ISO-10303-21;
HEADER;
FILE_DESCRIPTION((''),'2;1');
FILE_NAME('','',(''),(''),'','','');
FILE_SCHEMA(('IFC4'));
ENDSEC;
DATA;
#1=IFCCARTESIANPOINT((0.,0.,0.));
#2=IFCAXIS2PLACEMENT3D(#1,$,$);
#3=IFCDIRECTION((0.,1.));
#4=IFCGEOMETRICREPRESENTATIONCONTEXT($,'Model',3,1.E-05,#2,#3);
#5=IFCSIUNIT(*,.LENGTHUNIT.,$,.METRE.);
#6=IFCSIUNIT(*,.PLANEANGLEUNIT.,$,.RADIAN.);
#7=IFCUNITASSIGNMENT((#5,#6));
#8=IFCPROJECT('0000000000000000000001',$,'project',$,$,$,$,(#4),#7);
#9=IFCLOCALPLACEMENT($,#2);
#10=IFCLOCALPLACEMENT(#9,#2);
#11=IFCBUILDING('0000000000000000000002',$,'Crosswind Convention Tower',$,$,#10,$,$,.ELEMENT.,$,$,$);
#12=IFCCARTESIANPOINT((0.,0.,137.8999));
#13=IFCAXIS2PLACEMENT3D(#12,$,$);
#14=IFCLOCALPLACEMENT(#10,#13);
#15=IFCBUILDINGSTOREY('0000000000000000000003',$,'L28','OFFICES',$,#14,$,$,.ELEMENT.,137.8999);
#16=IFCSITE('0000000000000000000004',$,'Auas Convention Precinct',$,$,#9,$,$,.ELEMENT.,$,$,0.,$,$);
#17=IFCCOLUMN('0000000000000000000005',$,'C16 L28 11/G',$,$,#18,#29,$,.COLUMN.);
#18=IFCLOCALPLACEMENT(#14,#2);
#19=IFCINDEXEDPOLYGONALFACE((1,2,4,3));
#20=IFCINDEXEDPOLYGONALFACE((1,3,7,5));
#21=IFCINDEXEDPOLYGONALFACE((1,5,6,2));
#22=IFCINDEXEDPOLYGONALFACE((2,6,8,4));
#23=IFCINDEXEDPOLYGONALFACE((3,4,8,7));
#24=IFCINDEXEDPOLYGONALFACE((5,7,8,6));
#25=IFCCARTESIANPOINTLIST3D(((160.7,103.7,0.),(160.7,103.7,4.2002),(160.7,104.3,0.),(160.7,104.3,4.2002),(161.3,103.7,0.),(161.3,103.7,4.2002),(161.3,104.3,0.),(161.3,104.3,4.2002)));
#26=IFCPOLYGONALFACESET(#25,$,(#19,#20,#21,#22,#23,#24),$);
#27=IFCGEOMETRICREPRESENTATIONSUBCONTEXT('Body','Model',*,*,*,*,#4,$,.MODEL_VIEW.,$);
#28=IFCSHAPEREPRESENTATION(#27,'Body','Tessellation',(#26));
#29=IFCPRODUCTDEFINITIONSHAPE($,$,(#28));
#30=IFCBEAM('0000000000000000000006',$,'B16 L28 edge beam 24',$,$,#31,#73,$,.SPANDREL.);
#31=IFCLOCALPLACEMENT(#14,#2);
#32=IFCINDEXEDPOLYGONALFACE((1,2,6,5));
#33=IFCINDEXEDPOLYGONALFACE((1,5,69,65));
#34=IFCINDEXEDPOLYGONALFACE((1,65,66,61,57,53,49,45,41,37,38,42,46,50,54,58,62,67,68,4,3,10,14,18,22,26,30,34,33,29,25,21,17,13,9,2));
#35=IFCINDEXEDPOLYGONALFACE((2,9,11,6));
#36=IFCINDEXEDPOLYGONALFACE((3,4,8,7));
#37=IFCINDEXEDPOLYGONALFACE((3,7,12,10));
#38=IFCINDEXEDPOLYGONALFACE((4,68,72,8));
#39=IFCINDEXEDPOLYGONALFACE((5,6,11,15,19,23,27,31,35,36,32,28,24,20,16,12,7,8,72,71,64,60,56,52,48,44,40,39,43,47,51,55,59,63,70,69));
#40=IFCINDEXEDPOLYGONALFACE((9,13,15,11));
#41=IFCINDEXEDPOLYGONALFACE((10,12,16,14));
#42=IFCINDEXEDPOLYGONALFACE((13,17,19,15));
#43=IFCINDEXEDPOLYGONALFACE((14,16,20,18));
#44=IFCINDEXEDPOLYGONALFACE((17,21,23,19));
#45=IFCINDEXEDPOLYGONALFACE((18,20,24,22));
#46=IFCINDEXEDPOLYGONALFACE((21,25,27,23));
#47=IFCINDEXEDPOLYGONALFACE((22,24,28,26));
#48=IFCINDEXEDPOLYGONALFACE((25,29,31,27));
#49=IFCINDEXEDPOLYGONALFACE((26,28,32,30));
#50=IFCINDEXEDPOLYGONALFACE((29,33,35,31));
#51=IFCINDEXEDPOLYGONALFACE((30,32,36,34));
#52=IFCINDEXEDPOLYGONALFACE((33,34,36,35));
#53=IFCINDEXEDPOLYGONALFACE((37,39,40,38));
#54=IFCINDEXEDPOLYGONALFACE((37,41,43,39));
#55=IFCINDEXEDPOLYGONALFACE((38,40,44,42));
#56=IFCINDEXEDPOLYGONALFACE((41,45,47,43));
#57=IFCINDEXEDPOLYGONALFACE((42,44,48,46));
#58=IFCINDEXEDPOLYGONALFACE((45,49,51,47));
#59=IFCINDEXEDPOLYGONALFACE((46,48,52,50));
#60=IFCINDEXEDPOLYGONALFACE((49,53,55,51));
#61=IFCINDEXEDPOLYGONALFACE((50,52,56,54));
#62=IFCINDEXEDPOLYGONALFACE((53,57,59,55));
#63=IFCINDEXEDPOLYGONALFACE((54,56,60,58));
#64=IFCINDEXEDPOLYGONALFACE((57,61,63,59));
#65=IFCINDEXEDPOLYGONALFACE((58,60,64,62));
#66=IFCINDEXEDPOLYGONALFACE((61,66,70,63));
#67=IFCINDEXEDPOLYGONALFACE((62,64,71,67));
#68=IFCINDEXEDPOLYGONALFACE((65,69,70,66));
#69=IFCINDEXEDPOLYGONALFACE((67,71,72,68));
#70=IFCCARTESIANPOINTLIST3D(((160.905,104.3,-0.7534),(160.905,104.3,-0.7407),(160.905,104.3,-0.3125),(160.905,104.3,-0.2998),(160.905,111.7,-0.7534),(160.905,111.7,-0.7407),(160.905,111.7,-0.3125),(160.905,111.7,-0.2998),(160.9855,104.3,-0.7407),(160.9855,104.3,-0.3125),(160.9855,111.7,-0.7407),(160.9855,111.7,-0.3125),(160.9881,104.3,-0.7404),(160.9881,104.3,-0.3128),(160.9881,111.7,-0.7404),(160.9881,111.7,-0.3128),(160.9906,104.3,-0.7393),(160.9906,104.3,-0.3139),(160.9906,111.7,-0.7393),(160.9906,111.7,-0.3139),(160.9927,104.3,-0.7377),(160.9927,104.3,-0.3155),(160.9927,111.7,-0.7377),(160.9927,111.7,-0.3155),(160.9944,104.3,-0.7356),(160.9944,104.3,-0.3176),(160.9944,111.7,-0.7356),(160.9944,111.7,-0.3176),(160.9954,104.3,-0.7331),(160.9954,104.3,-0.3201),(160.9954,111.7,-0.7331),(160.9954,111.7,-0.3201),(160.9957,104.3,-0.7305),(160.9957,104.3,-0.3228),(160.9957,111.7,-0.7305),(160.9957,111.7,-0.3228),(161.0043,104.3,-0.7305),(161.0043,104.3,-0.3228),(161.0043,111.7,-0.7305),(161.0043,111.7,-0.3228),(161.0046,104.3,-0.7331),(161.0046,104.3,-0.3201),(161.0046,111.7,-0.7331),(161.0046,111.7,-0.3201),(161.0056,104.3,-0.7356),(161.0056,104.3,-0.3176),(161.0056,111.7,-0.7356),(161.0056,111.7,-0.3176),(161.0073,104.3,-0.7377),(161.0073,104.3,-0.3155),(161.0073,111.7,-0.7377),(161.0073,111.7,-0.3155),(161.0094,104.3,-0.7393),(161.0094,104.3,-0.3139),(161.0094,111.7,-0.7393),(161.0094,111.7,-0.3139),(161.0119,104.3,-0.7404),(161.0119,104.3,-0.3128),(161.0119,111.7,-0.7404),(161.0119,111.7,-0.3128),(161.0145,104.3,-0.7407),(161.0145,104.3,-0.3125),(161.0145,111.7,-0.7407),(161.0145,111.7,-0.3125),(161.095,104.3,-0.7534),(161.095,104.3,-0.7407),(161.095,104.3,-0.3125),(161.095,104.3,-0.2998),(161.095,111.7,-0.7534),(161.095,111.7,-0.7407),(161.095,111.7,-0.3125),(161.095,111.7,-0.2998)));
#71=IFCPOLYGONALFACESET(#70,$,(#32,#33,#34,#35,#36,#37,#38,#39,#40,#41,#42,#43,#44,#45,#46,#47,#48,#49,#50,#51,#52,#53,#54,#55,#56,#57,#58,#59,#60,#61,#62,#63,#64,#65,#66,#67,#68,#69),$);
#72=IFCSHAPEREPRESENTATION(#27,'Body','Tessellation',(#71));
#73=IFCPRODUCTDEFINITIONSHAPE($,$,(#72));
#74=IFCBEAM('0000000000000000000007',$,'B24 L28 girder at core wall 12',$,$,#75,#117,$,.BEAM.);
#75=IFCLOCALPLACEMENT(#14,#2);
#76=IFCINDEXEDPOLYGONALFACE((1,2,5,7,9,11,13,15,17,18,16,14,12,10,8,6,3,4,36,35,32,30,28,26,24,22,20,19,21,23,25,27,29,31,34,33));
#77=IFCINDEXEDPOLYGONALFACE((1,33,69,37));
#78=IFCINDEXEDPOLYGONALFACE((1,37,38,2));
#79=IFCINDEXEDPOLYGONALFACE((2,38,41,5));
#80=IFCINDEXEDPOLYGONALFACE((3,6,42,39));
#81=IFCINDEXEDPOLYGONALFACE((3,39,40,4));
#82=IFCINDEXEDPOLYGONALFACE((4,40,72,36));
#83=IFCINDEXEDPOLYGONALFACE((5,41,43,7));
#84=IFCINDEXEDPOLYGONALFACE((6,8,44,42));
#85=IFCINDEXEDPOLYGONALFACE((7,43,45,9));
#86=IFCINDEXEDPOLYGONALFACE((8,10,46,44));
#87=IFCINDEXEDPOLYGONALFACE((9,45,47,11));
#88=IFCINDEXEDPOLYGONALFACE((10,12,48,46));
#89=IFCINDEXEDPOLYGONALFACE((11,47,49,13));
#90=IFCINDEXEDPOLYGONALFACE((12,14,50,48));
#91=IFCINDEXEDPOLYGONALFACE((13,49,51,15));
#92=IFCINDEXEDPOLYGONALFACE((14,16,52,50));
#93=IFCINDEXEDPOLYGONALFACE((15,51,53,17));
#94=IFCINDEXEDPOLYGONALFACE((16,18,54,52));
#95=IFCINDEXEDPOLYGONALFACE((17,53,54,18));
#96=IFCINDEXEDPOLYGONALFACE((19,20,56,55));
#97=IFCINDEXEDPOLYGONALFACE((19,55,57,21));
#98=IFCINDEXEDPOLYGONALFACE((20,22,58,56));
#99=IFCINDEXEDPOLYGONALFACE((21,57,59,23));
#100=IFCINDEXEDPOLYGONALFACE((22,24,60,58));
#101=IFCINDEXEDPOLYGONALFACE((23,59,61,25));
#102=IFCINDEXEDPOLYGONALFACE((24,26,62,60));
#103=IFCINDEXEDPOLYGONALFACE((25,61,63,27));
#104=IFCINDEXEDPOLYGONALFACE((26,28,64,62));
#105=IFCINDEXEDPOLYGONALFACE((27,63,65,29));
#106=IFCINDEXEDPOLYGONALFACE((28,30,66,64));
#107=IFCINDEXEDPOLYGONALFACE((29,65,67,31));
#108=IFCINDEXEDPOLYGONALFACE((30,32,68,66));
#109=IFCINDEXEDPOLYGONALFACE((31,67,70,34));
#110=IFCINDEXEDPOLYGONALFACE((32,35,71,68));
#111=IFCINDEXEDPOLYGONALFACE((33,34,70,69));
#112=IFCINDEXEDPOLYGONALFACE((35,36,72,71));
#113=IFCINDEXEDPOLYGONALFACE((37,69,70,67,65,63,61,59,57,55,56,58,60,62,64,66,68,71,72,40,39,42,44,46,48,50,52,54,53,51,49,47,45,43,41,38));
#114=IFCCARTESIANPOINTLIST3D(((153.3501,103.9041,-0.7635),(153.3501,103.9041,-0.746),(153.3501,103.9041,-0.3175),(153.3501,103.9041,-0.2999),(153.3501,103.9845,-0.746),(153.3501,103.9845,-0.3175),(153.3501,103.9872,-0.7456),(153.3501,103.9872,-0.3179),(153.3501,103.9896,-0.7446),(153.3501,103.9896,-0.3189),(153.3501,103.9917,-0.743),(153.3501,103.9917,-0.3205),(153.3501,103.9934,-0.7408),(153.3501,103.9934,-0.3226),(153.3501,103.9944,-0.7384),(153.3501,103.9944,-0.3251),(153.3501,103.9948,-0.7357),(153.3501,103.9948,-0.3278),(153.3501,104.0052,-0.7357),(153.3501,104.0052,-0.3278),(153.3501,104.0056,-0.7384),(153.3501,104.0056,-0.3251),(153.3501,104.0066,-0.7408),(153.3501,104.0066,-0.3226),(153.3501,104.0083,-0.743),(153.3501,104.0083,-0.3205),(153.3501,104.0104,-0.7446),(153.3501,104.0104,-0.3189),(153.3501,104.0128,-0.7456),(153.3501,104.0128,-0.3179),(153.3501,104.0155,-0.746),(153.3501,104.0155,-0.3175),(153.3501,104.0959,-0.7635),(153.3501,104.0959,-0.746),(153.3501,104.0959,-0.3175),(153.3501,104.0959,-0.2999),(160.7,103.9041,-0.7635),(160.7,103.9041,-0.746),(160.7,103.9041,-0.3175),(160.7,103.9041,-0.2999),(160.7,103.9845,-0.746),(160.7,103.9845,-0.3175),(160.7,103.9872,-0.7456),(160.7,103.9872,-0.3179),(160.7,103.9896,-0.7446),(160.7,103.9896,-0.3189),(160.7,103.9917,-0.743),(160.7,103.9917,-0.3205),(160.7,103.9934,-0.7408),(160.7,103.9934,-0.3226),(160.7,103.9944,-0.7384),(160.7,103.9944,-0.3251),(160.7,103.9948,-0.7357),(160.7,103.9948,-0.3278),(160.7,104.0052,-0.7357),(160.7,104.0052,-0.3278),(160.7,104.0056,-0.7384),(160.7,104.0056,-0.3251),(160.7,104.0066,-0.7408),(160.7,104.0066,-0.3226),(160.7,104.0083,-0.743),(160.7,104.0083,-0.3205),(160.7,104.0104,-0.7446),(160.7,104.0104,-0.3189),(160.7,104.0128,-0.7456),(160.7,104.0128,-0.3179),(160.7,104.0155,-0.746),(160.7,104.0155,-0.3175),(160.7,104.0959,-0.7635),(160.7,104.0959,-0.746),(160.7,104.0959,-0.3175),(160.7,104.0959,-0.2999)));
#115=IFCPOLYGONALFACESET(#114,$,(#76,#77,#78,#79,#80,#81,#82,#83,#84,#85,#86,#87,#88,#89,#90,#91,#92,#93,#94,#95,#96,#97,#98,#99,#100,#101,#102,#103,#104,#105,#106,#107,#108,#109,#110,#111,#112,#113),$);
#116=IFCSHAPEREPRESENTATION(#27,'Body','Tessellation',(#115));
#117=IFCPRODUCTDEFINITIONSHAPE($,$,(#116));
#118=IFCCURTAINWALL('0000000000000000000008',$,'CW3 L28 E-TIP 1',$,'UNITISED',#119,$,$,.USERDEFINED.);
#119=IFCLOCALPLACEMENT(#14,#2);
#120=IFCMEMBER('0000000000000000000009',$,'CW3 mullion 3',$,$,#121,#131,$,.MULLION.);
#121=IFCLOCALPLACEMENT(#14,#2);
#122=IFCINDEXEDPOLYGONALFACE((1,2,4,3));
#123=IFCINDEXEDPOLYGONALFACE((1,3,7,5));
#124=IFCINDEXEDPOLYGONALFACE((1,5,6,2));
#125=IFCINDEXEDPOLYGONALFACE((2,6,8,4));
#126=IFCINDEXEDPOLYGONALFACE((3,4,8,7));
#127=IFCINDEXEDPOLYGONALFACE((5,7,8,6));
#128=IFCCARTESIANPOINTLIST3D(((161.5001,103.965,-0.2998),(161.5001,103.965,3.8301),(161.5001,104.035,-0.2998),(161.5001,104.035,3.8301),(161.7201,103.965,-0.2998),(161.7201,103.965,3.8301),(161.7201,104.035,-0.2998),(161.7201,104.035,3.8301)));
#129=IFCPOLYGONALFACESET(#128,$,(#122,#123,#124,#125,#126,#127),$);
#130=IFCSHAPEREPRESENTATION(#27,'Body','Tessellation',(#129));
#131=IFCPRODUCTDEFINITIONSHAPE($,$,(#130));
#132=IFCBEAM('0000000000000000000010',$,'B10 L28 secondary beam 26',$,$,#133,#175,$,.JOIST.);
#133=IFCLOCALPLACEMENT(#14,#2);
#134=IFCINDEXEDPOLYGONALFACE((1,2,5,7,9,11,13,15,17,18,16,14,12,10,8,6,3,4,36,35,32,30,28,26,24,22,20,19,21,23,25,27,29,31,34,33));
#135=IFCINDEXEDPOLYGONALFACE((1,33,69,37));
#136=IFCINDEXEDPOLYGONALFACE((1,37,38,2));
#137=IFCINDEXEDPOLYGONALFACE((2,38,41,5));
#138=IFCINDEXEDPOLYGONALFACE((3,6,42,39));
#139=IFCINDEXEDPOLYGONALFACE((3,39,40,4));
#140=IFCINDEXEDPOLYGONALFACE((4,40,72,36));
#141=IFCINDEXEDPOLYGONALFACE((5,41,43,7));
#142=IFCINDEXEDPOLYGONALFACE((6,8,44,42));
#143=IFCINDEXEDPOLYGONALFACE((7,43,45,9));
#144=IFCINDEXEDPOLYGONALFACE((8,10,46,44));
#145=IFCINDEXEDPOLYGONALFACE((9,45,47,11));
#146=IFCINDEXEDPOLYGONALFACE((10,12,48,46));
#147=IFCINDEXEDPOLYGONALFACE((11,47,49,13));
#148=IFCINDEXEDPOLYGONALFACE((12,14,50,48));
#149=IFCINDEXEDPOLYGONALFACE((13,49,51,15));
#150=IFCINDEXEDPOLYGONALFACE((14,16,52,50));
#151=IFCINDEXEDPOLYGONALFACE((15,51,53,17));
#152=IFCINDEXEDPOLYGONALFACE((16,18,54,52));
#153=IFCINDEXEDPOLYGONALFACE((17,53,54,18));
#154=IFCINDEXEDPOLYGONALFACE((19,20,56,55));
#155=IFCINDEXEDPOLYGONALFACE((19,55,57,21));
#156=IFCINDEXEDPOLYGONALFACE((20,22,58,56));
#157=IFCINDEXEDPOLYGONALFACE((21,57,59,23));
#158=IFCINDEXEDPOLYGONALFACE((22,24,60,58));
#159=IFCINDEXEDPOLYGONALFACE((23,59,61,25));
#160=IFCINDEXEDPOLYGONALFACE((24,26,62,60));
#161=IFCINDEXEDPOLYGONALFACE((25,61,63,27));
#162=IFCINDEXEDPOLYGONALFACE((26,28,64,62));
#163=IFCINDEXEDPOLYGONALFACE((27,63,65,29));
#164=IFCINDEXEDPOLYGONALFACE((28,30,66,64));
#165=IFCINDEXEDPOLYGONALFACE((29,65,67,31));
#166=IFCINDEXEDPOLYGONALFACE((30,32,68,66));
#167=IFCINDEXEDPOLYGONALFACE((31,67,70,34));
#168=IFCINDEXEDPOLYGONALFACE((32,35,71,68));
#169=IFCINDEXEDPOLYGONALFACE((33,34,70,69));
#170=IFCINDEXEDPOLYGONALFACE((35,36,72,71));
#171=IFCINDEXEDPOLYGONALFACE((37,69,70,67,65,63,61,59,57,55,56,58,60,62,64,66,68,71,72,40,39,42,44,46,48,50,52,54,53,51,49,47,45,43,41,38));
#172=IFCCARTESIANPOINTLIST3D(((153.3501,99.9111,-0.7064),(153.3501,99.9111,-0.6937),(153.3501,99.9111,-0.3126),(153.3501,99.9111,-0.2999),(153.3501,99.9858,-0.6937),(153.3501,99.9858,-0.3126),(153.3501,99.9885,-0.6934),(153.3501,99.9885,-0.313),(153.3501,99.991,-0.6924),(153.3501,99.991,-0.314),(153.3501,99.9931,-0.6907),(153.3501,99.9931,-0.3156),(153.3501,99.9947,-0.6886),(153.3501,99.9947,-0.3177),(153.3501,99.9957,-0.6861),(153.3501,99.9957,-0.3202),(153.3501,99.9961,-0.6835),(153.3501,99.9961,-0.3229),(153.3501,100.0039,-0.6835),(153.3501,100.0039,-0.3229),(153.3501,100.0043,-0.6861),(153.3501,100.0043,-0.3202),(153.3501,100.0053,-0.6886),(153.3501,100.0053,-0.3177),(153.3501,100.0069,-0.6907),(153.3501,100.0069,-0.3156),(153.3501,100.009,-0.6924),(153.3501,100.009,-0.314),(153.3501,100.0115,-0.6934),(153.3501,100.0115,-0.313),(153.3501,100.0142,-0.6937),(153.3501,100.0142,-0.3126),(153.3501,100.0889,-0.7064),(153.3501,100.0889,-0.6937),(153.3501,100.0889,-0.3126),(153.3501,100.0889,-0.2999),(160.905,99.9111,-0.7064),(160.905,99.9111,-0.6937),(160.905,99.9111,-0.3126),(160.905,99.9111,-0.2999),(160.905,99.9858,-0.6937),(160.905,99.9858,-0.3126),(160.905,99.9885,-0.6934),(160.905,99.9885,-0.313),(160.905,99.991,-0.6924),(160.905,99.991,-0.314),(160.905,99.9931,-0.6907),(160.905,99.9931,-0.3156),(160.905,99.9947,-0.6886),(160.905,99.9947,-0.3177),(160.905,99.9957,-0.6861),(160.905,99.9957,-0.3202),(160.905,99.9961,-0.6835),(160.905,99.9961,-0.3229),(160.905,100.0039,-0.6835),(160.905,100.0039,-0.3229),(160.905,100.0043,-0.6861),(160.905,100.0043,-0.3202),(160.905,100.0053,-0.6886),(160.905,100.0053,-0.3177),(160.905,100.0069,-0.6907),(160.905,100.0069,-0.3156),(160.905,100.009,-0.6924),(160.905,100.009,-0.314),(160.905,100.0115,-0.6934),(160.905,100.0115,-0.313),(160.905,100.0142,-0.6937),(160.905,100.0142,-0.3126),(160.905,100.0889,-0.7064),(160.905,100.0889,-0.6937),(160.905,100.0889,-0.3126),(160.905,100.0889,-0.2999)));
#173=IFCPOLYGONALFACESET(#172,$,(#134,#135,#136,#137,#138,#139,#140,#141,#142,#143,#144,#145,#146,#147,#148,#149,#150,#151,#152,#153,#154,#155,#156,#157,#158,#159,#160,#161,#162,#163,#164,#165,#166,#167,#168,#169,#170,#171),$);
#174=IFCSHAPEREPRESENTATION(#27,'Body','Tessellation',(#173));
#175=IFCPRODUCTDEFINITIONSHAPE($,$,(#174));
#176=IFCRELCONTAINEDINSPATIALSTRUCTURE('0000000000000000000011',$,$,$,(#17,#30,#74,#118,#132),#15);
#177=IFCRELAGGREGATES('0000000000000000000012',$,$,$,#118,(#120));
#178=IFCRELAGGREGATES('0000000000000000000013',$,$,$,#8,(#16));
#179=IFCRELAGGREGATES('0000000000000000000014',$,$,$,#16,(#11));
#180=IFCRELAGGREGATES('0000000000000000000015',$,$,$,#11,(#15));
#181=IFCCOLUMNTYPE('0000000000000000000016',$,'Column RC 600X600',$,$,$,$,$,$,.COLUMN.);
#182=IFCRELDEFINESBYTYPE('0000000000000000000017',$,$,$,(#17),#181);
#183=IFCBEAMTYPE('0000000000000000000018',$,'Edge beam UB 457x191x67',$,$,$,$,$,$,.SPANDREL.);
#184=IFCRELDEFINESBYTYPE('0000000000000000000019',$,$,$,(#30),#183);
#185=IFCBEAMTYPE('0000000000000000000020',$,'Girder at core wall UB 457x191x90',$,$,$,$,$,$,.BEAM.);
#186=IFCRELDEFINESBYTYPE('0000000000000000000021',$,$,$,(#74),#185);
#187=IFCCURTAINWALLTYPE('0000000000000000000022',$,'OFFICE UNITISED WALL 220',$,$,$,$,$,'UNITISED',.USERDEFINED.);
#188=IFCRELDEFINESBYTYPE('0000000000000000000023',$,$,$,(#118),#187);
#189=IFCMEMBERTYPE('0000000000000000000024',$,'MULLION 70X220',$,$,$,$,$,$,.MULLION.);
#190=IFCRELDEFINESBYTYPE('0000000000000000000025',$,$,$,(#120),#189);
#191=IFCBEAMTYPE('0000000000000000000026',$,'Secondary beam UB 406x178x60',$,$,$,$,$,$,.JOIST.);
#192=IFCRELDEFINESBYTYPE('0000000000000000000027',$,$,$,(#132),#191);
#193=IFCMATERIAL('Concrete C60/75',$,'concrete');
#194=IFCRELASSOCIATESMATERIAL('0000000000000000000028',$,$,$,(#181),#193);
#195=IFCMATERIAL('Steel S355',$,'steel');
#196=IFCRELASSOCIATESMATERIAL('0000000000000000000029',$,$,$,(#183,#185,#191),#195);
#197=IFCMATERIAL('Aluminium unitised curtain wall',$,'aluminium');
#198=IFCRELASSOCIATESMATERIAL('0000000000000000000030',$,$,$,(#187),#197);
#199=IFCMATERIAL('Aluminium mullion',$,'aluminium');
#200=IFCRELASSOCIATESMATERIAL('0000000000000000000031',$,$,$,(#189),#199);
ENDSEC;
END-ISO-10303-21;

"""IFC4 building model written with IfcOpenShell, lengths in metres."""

from ifc_helpers import new_model, si_unit, direction, frame, origin, origin_2d, place, context, subcontext, project, spatial, rectangle, i_section, extrude, material, material_profile, profile_set, type_object, element, aggregate, save


model = new_model("IFC4")

# Units and contexts
model_context = context("Model", 3, precision=1e-05, world=origin(), true_north=direction((0.0, 1.0)))
body_context = subcontext(model_context, "Body", "Model", "MODEL_VIEW")
ifc_project = project(units=[si_unit("LENGTHUNIT", "METRE"), si_unit("PLANEANGLEUNIT", "RADIAN")], contexts=[model_context])

# Site, building, storey
site_placement = place(None, origin())
site = spatial("IfcSite", under=ifc_project, at=site_placement, Name="Auas Convention Precinct", CompositionType="ELEMENT", RefElevation=0.0)
building_placement = place(site_placement, origin())
building = spatial("IfcBuilding", under=site, at=building_placement, Name="Crosswind Convention Tower", CompositionType="ELEMENT")
storey_placement = place(building_placement, frame((0.0, 0.0, 137.8999)))
storey = spatial("IfcBuildingStorey", under=building, at=storey_placement, Name="L28", Description="OFFICES", CompositionType="ELEMENT", Elevation=137.8999)

# Column
ifc_material_1 = material(Name="Concrete C60/75", Category="concrete")
ifc_material_profile_1 = material_profile(ifc_material_1, rectangle(XDim=0.6001, YDim=0.6001, at=origin_2d()), Name="RC 600X600")
ifc_profile_set_1 = profile_set([ifc_material_profile_1], Name="Concrete C60/75")
column_type = type_object("IfcColumnType", Name="Column RC 600X600", PredefinedType="COLUMN", material=ifc_profile_set_1)
column_placement = place(storey_placement, frame((161.0, 104.0, 0.0), z_axis=(0.0, 0.0, 1.0), x_axis=(1.0, 0.0, 0.0)))
element("IfcColumn", 1, at=column_placement, inside=storey, type_object=column_type, Name="C16 L28 11/G", PredefinedType="COLUMN", context=body_context, shape_type="SweptSolid", body=[
    extrude(rectangle(XDim=0.6001, YDim=0.6001, at=origin_2d()), origin(), (0.0, 0.0, 1.0), 4.2002),
])

# Beams
ifc_material_2 = material(Name="Steel S355", Category="steel")
ifc_material_profile_2 = material_profile(ifc_material_2, i_section(OverallWidth=0.1899, OverallDepth=0.4536, WebThickness=0.0085, FlangeThickness=0.0127, FilletRadius=0.0103, at=origin_2d()), Name="UB 457x191x67")
ifc_profile_set_2 = profile_set([ifc_material_profile_2], Name="Steel S355")
beam_type_1 = type_object("IfcBeamType", Name="Edge beam UB 457x191x67", PredefinedType="SPANDREL", material=ifc_profile_set_2)
beam_1_placement = place(storey_placement, frame((161.0, 104.3, -0.5266), z_axis=(0.0, 1.0, 0.0), x_axis=(-1.0, 0.0, 0.0)))
element("IfcBeam", 2, at=beam_1_placement, inside=storey, type_object=beam_type_1, Name="B16 L28 edge beam 24", PredefinedType="SPANDREL", context=body_context, shape_type="SweptSolid", body=[
    extrude(i_section(OverallWidth=0.1899, OverallDepth=0.4536, WebThickness=0.0085, FlangeThickness=0.0127, FilletRadius=0.0103, at=origin_2d()), origin(), (0.0, 0.0, 1.0), 7.3999),
])
ifc_material_profile_3 = material_profile(ifc_material_2, i_section(OverallWidth=0.1919, OverallDepth=0.4636, WebThickness=0.0105, FlangeThickness=0.0176, FilletRadius=0.0103, at=origin_2d()), Name="UB 457x191x90")
ifc_profile_set_3 = profile_set([ifc_material_profile_3], Name="Steel S355")
beam_type_2 = type_object("IfcBeamType", Name="Girder at core wall UB 457x191x90", PredefinedType="BEAM", material=ifc_profile_set_3)
beam_2_placement = place(storey_placement, frame((153.3501, 104.0, -0.5317), z_axis=(1.0, 0.0, 0.0), x_axis=(0.0, 1.0, 0.0)))
element("IfcBeam", 3, at=beam_2_placement, inside=storey, type_object=beam_type_2, Name="B24 L28 girder at core wall 12", PredefinedType="BEAM", context=body_context, shape_type="SweptSolid", body=[
    extrude(i_section(OverallWidth=0.1919, OverallDepth=0.4636, WebThickness=0.0105, FlangeThickness=0.0176, FilletRadius=0.0103, at=origin_2d()), origin(), (0.0, 0.0, 1.0), 7.3499),
])

# Curtain wall, member
ifc_material_3 = material(Name="Aluminium unitised curtain wall", Category="aluminium")
curtain_wall_type = type_object("IfcCurtainWallType", Name="OFFICE UNITISED WALL 220", ElementType="UNITISED", PredefinedType="USERDEFINED", material=ifc_material_3)
curtain_wall_placement = place(storey_placement, origin())
curtain_wall = element("IfcCurtainWall", 4, at=curtain_wall_placement, inside=storey, type_object=curtain_wall_type, Name="CW3 L28 E-TIP 1", ObjectType="UNITISED", PredefinedType="USERDEFINED")
ifc_material_4 = material(Name="Aluminium mullion", Category="aluminium")
ifc_material_profile_4 = material_profile(ifc_material_4, rectangle(XDim=0.22, YDim=0.0701, at=origin_2d()), Name="AL 220X70")
ifc_profile_set_4 = profile_set([ifc_material_profile_4], Name="Aluminium mullion")
member_type = type_object("IfcMemberType", Name="MULLION 70X220", PredefinedType="MULLION", material=ifc_profile_set_4)
member_placement = place(storey_placement, frame((161.6101, 104.0, -0.2998), z_axis=(0.0, 0.0, 1.0), x_axis=(1.0, 0.0, 0.0)))
member = element("IfcMember", 5, at=member_placement, type_object=member_type, Name="CW3 mullion 3", PredefinedType="MULLION", context=body_context, shape_type="SweptSolid", body=[
    extrude(rectangle(XDim=0.22, YDim=0.0701, at=origin_2d()), origin(), (0.0, 0.0, 1.0), 4.1299),
])

# Beam
ifc_material_profile_5 = material_profile(ifc_material_2, i_section(OverallWidth=0.1777, OverallDepth=0.4065, WebThickness=0.0078, FlangeThickness=0.0127, FilletRadius=0.0103, at=origin_2d()), Name="UB 406x178x60")
ifc_profile_set_5 = profile_set([ifc_material_profile_5], Name="Steel S355")
beam_type_3 = type_object("IfcBeamType", Name="Secondary beam UB 406x178x60", PredefinedType="JOIST", material=ifc_profile_set_5)
for number, where, z_axis, x_axis, name in (
    (6, (153.3501, 100.0, -0.5032), (1.0, 0.0, 0.0), (0.0, 1.0, 0.0), "B10 L28 secondary beam 26"),
):
    element("IfcBeam", number, at=place(storey_placement, frame(where, z_axis=z_axis, x_axis=x_axis)), inside=storey, type_object=beam_type_3, Name=name, PredefinedType="JOIST", context=body_context, shape_type="SweptSolid", body=[
        extrude(i_section(OverallWidth=0.1777, OverallDepth=0.4065, WebThickness=0.0078, FlangeThickness=0.0127, FilletRadius=0.0103, at=origin_2d()), origin(), (0.0, 0.0, 1.0), 7.5549),
    ])

aggregate(curtain_wall, [member])

save(model, "model.ifc")
